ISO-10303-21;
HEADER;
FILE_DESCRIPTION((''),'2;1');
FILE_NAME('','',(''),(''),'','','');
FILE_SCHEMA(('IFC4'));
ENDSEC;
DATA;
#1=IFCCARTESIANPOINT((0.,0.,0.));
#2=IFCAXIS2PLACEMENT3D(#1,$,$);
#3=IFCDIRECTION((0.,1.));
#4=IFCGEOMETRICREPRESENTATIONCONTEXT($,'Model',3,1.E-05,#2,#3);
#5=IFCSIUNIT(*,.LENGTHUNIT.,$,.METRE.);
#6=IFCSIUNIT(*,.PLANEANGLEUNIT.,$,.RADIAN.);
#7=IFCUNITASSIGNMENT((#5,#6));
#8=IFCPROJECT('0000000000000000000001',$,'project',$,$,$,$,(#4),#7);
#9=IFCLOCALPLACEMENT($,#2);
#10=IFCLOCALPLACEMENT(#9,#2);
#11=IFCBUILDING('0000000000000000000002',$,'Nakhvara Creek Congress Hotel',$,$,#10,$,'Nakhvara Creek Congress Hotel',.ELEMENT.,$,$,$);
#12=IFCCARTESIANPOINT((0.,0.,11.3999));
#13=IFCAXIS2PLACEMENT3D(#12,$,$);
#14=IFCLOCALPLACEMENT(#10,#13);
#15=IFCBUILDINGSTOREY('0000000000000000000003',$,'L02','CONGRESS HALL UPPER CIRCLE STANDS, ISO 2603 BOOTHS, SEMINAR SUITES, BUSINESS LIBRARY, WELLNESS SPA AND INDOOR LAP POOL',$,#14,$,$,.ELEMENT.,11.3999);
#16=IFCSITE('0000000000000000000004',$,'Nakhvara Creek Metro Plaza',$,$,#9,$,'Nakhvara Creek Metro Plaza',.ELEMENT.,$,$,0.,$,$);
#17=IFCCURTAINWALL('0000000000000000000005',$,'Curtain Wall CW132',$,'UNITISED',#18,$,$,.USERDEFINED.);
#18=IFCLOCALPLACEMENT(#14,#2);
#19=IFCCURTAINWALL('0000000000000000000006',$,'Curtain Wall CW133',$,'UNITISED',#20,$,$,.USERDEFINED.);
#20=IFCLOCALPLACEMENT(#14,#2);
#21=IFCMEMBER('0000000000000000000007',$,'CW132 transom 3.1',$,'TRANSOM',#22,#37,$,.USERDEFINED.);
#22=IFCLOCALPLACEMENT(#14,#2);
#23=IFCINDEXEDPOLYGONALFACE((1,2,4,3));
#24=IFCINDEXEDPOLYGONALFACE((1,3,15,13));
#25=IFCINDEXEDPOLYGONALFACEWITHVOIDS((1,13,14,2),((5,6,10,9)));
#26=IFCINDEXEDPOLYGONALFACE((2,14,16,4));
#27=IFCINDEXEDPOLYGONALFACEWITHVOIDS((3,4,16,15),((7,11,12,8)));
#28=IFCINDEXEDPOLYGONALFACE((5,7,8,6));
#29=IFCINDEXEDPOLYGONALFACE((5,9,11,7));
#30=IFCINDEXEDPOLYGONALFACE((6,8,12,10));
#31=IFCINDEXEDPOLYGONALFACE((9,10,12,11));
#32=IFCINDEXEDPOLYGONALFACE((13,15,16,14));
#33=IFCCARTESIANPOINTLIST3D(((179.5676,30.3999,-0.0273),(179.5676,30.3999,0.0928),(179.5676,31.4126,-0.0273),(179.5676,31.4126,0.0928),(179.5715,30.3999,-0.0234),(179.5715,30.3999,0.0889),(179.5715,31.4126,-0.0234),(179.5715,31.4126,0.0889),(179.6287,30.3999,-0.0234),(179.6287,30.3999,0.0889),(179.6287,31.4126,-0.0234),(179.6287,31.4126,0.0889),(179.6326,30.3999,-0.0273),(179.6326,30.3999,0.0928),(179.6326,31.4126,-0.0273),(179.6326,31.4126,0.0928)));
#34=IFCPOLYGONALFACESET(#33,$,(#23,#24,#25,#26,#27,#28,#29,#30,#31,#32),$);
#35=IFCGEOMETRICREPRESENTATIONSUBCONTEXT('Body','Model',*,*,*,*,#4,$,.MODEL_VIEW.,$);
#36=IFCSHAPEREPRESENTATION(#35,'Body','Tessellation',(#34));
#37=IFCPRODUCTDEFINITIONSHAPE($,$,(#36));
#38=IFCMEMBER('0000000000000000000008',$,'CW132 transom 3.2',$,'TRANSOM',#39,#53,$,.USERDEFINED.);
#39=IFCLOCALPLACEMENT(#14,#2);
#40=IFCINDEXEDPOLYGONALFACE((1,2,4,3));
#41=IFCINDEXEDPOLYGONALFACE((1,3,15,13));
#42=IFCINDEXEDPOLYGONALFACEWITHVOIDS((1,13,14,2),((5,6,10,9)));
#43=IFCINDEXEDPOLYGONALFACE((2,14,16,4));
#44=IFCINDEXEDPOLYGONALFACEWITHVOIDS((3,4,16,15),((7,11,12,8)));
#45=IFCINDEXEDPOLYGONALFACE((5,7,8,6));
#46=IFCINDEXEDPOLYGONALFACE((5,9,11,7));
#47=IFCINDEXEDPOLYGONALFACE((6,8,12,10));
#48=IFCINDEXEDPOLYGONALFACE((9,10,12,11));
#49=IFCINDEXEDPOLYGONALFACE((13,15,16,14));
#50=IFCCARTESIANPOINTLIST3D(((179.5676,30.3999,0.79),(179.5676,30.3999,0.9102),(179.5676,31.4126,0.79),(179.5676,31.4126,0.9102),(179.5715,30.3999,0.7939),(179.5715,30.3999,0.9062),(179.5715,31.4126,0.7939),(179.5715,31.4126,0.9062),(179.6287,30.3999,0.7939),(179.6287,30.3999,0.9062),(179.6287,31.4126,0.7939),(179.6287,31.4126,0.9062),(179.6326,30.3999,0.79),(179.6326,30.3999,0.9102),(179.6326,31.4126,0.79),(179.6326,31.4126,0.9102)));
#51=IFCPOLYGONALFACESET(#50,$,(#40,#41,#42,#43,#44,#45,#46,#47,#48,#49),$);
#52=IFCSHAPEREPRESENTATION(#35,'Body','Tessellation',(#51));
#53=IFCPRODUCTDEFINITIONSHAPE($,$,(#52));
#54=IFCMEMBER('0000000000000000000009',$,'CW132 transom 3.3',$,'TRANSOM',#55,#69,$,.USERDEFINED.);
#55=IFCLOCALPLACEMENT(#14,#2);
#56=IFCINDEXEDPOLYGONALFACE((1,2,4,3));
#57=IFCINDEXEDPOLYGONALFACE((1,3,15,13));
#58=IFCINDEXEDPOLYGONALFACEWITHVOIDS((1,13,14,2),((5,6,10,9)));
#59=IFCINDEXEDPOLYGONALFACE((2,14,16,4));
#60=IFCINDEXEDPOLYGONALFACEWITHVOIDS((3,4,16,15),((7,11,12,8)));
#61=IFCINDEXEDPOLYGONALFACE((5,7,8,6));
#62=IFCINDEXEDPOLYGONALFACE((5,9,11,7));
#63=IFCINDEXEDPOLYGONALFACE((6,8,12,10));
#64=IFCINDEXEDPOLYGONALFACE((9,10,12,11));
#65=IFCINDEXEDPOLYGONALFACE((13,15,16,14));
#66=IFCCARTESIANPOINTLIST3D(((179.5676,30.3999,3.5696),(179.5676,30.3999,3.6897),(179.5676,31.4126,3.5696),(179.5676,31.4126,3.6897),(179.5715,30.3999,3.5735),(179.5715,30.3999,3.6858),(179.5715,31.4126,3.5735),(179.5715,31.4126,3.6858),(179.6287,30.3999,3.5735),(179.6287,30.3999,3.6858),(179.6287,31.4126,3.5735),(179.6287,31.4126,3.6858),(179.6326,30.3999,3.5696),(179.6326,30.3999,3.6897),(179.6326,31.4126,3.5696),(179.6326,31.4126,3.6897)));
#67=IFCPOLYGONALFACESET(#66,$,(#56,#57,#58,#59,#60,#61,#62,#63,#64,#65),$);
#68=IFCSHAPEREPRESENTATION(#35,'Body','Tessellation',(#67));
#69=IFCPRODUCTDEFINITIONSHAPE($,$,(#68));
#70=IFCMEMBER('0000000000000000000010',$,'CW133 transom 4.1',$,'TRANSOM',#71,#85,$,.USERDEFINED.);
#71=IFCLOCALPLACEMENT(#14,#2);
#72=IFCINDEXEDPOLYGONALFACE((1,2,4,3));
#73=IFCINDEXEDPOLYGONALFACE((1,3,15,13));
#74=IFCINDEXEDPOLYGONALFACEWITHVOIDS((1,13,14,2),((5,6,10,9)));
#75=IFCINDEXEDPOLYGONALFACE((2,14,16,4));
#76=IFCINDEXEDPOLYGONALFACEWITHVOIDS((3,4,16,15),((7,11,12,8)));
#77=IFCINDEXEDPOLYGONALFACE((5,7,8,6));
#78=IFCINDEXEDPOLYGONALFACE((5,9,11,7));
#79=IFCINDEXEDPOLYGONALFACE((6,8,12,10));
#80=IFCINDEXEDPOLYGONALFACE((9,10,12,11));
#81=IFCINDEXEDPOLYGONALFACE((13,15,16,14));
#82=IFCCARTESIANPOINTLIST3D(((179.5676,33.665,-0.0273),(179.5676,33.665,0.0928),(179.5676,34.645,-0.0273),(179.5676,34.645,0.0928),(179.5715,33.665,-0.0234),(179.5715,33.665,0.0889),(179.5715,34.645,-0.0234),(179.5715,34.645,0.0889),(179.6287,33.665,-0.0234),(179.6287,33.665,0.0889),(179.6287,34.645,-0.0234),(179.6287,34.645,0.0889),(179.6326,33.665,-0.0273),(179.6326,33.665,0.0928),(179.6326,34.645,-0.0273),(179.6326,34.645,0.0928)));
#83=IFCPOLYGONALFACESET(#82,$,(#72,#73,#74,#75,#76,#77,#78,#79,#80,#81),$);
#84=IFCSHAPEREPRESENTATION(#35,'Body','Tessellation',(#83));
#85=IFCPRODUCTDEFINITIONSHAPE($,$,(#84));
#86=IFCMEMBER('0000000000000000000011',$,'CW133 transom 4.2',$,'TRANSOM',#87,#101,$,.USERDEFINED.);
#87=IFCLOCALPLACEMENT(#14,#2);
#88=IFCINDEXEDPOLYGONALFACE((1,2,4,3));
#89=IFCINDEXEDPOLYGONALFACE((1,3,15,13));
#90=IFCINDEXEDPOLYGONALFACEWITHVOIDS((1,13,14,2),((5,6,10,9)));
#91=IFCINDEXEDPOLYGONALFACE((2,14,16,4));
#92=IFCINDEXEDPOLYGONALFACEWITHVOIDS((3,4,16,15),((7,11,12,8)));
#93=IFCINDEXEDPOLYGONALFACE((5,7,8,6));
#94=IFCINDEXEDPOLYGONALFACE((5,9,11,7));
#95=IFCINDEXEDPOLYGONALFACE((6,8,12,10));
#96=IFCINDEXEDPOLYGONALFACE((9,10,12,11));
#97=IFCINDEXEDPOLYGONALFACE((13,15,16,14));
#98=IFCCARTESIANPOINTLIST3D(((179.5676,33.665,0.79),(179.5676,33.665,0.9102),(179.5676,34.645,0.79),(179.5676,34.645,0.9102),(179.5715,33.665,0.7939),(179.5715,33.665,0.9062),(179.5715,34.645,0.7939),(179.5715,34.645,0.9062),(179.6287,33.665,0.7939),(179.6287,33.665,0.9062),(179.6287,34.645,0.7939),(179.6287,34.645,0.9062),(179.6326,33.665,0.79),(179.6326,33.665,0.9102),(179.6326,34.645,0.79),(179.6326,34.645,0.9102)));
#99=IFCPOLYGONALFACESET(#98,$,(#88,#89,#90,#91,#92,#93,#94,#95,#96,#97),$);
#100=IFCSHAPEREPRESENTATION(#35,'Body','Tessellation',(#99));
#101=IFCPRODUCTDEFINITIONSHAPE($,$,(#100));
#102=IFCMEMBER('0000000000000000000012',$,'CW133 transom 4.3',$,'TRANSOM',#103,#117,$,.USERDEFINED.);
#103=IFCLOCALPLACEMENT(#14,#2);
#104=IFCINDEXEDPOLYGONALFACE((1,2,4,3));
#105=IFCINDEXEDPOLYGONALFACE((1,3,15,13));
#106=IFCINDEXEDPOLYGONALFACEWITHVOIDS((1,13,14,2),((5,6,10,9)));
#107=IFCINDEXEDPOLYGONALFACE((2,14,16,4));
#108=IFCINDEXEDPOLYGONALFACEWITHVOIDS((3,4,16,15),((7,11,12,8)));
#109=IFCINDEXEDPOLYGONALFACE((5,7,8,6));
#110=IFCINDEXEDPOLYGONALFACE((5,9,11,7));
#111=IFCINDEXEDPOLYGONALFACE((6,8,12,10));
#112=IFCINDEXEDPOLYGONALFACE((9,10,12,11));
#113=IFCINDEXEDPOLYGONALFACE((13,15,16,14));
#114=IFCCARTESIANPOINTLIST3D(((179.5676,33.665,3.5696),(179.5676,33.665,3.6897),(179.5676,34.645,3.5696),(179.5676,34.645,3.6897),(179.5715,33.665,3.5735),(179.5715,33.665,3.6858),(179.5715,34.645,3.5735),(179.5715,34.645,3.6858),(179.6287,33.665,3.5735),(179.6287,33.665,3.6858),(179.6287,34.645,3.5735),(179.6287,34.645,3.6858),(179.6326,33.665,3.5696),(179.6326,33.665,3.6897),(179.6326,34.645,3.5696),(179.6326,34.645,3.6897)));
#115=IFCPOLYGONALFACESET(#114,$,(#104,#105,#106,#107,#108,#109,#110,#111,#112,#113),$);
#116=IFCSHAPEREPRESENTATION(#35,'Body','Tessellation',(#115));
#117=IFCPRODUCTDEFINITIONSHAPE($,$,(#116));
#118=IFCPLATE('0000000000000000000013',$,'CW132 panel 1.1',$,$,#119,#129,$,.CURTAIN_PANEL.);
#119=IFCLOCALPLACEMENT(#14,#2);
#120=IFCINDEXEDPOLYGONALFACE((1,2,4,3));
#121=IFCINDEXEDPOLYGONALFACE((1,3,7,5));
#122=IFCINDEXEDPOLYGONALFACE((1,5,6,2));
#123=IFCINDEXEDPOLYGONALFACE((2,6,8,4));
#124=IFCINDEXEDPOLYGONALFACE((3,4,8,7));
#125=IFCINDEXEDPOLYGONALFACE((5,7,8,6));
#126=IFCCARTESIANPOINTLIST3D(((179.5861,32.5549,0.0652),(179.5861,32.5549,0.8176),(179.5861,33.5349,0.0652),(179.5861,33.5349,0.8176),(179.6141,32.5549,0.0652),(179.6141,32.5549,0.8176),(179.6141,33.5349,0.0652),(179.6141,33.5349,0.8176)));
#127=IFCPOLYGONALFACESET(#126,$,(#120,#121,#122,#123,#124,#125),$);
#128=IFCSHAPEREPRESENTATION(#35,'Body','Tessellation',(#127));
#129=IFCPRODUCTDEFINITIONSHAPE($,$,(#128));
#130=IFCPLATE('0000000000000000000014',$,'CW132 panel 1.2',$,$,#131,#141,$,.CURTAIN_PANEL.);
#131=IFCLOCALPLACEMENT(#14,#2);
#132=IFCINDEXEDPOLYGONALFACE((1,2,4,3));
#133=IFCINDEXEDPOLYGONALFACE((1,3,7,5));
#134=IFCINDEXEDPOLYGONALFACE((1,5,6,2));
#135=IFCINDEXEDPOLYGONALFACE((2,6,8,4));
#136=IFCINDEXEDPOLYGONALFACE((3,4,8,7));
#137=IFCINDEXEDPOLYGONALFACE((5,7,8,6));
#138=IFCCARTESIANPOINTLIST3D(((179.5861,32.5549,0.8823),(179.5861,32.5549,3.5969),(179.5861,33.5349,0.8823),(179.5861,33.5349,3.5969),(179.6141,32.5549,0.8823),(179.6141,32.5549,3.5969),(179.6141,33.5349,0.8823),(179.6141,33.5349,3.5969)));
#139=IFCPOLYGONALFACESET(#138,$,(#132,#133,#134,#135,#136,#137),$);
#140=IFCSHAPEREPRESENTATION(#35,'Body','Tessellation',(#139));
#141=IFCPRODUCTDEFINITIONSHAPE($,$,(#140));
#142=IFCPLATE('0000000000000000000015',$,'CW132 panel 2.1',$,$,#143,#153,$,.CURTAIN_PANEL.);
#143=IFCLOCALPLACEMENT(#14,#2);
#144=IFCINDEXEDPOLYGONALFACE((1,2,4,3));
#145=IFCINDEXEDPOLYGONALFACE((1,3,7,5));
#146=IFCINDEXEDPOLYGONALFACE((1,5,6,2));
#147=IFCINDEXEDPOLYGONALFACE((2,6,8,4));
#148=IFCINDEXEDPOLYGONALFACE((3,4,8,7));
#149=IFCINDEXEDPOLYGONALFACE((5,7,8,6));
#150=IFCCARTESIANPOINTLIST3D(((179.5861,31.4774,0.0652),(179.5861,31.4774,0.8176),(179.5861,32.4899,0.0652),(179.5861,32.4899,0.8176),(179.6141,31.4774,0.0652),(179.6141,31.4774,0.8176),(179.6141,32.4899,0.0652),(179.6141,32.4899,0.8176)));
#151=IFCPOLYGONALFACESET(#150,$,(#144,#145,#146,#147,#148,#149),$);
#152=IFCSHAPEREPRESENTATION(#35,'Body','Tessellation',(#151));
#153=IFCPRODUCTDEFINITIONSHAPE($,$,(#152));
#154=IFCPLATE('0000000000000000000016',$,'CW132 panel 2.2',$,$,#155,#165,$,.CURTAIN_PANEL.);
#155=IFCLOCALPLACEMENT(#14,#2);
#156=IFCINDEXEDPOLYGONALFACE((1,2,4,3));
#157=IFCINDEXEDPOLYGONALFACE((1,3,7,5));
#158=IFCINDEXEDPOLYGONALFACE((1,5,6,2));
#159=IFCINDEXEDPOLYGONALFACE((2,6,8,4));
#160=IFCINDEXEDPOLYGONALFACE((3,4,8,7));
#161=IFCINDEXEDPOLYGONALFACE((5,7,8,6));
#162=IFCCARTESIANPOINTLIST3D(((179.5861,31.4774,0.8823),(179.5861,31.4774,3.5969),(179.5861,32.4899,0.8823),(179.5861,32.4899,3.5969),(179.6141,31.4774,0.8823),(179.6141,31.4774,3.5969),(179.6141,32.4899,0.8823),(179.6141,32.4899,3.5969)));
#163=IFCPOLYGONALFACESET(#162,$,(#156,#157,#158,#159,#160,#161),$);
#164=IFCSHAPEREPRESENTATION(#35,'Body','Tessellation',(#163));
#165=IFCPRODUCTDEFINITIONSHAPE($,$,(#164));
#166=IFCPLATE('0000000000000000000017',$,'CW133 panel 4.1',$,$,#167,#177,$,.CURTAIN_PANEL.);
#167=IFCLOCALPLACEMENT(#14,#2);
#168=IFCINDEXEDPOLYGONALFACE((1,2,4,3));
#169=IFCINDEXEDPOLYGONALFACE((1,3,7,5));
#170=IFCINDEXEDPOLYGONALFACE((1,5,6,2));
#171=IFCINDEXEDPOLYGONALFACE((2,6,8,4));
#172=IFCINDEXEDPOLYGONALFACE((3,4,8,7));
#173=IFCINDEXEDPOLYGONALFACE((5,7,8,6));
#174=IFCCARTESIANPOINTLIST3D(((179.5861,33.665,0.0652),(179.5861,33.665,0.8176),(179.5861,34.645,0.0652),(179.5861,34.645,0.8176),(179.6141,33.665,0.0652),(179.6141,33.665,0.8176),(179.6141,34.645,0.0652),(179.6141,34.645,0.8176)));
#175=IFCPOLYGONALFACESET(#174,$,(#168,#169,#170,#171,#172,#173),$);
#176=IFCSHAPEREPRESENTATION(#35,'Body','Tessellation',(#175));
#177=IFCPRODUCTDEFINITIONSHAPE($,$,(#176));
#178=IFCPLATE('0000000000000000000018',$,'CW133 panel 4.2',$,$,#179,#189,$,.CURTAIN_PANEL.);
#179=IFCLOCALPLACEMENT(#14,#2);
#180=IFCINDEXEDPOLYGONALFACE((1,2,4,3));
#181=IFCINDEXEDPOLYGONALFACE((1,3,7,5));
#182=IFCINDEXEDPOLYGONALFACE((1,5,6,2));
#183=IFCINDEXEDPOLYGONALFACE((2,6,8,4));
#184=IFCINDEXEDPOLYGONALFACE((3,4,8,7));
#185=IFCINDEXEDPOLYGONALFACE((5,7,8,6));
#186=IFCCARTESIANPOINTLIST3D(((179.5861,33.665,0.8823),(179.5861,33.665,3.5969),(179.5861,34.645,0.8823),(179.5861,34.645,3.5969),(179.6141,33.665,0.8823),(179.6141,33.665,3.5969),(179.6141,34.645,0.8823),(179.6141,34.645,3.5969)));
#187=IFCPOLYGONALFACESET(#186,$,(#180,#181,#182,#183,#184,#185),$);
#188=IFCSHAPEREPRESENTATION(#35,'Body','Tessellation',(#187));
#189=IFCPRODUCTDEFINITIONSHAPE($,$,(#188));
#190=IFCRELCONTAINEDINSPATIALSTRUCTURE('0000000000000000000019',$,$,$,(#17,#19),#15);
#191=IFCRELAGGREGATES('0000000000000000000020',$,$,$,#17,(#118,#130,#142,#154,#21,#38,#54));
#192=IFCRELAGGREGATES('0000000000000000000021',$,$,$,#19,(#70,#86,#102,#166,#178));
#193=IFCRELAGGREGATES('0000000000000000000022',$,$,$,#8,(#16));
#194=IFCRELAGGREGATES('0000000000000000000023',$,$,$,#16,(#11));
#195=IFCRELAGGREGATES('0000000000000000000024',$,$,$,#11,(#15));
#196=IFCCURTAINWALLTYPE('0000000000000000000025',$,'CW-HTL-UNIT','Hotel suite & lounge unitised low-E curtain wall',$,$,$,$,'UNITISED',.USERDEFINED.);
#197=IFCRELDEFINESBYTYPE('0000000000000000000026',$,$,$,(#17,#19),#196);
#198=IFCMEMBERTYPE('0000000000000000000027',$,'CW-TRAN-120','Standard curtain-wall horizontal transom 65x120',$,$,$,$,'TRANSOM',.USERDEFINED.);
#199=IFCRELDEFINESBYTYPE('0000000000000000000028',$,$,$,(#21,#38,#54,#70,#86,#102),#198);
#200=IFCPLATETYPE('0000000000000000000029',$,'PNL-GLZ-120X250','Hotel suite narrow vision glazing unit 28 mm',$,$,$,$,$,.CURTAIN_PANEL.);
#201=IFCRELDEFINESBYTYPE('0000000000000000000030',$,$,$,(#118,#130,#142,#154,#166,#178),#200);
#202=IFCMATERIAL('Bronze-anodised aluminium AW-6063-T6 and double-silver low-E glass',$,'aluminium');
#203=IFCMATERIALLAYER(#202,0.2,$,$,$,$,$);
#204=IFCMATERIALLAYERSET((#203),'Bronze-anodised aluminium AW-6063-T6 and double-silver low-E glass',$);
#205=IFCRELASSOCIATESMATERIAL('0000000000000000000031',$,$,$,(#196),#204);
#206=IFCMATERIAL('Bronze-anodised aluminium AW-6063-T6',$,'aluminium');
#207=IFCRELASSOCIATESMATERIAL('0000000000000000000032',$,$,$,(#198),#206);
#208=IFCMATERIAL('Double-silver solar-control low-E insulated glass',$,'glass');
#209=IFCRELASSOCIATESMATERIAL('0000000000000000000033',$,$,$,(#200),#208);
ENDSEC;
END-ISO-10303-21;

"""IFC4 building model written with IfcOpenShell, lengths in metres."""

from ifc_helpers import new_model, si_unit, direction, frame, origin, origin_2d, place, context, subcontext, project, spatial, rectangle, hollow_rectangle, extrude, material, layer, layer_set, material_profile, profile_set, type_object, element, aggregate, save


model = new_model("IFC4")

# Units and contexts
model_context = context("Model", 3, precision=1e-05, world=origin(), true_north=direction((0.0, 1.0)))
body_context = subcontext(model_context, "Body", "Model", "MODEL_VIEW")
ifc_project = project(units=[si_unit("LENGTHUNIT", "METRE"), si_unit("PLANEANGLEUNIT", "RADIAN")], contexts=[model_context])

# Site, building, storey
site_placement = place(None, origin())
site = spatial("IfcSite", under=ifc_project, at=site_placement, Name="Nakhvara Creek Metro Plaza", LongName="Nakhvara Creek Metro Plaza", CompositionType="ELEMENT", RefElevation=0.0)
building_placement = place(site_placement, origin())
building = spatial("IfcBuilding", under=site, at=building_placement, Name="Nakhvara Creek Congress Hotel", LongName="Nakhvara Creek Congress Hotel", CompositionType="ELEMENT")
storey_placement = place(building_placement, frame((0.0, 0.0, 11.3999)))
storey = spatial("IfcBuildingStorey", under=building, at=storey_placement, Name="L02", Description="CONGRESS HALL UPPER CIRCLE STANDS, ISO 2603 BOOTHS, SEMINAR SUITES, BUSINESS LIBRARY, WELLNESS SPA AND INDOOR LAP POOL", CompositionType="ELEMENT", Elevation=11.3999)

# Curtain walls
ifc_material_1 = material(Name="Bronze-anodised aluminium AW-6063-T6 and double-silver low-E glass", Category="aluminium")
ifc_layer = layer(ifc_material_1, 0.2)
ifc_layer_set = layer_set([ifc_layer], Name="Bronze-anodised aluminium AW-6063-T6 and double-silver low-E glass")
curtain_wall_type = type_object("IfcCurtainWallType", Name="CW-HTL-UNIT", Description="Hotel suite & lounge unitised low-E curtain wall", ElementType="UNITISED", PredefinedType="USERDEFINED", material=ifc_layer_set)
curtain_wall_1_placement = place(storey_placement, origin())
curtain_wall_1 = element("IfcCurtainWall", 1, at=curtain_wall_1_placement, inside=storey, type_object=curtain_wall_type, Name="Curtain Wall CW132", ObjectType="UNITISED", PredefinedType="USERDEFINED")
ifc_material_2 = material(Name="Bronze-anodised aluminium AW-6063-T6", Category="aluminium")
curtain_wall_2_placement = place(storey_placement, origin())
curtain_wall_2 = element("IfcCurtainWall", 2, at=curtain_wall_2_placement, inside=storey, type_object=curtain_wall_type, Name="Curtain Wall CW133", ObjectType="UNITISED", PredefinedType="USERDEFINED")

# Members
ifc_material_profile_1 = material_profile(ifc_material_2, hollow_rectangle(XDim=0.0649, YDim=0.1201, WallThickness=0.0039, at=origin_2d()), Name="ALU-TRAN 65x120x4", Category="LoadBearing")
ifc_profile_set_1 = profile_set([ifc_material_profile_1], Name="Bronze-anodised aluminium AW-6063-T6")
member_type_1 = type_object("IfcMemberType", Name="CW-TRAN-120", Description="Standard curtain-wall horizontal transom 65x120", ElementType="TRANSOM", PredefinedType="USERDEFINED", material=ifc_profile_set_1)
member_1_placement = place(storey_placement, frame((179.6001, 31.4126, 0.0327), z_axis=(0.0, -1.0, 0.0), x_axis=(1.0, 0.0, 0.0)))
member_1 = element("IfcMember", 3, at=member_1_placement, type_object=member_type_1, Name="CW132 transom 3.1", ObjectType="TRANSOM", PredefinedType="USERDEFINED", context=body_context, shape_type="SweptSolid", body=[
    extrude(hollow_rectangle(XDim=0.0649, YDim=0.1201, WallThickness=0.0039, at=origin_2d()), origin(), (0.0, 0.0, 1.0), 1.0127),
])
member_2_placement = place(storey_placement, frame((179.6001, 31.4126, 0.8501), z_axis=(0.0, -1.0, 0.0), x_axis=(1.0, 0.0, 0.0)))
member_2 = element("IfcMember", 4, at=member_2_placement, type_object=member_type_1, Name="CW132 transom 3.2", ObjectType="TRANSOM", PredefinedType="USERDEFINED", context=body_context, shape_type="SweptSolid", body=[
    extrude(hollow_rectangle(XDim=0.0649, YDim=0.1201, WallThickness=0.0039, at=origin_2d()), origin(), (0.0, 0.0, 1.0), 1.0127),
])
member_3_placement = place(storey_placement, frame((179.6001, 31.4126, 3.6296), z_axis=(0.0, -1.0, 0.0), x_axis=(1.0, 0.0, 0.0)))
member_3 = element("IfcMember", 5, at=member_3_placement, type_object=member_type_1, Name="CW132 transom 3.3", ObjectType="TRANSOM", PredefinedType="USERDEFINED", context=body_context, shape_type="SweptSolid", body=[
    extrude(hollow_rectangle(XDim=0.0649, YDim=0.1201, WallThickness=0.0039, at=origin_2d()), origin(), (0.0, 0.0, 1.0), 1.0127),
])
member_4_placement = place(storey_placement, frame((179.6001, 34.645, 0.0327), z_axis=(0.0, -1.0, 0.0), x_axis=(1.0, 0.0, 0.0)))
member_4 = element("IfcMember", 6, at=member_4_placement, type_object=member_type_1, Name="CW133 transom 4.1", ObjectType="TRANSOM", PredefinedType="USERDEFINED", context=body_context, shape_type="SweptSolid", body=[
    extrude(hollow_rectangle(XDim=0.0649, YDim=0.1201, WallThickness=0.0039, at=origin_2d()), origin(), (0.0, 0.0, 1.0), 0.98),
])
member_5_placement = place(storey_placement, frame((179.6001, 34.645, 0.8501), z_axis=(0.0, -1.0, 0.0), x_axis=(1.0, 0.0, 0.0)))
member_5 = element("IfcMember", 7, at=member_5_placement, type_object=member_type_1, Name="CW133 transom 4.2", ObjectType="TRANSOM", PredefinedType="USERDEFINED", context=body_context, shape_type="SweptSolid", body=[
    extrude(hollow_rectangle(XDim=0.0649, YDim=0.1201, WallThickness=0.0039, at=origin_2d()), origin(), (0.0, 0.0, 1.0), 0.98),
])
member_6_placement = place(storey_placement, frame((179.6001, 34.645, 3.6296), z_axis=(0.0, -1.0, 0.0), x_axis=(1.0, 0.0, 0.0)))
member_6 = element("IfcMember", 8, at=member_6_placement, type_object=member_type_1, Name="CW133 transom 4.3", ObjectType="TRANSOM", PredefinedType="USERDEFINED", context=body_context, shape_type="SweptSolid", body=[
    extrude(hollow_rectangle(XDim=0.0649, YDim=0.1201, WallThickness=0.0039, at=origin_2d()), origin(), (0.0, 0.0, 1.0), 0.98),
])

# Plates
ifc_material_3 = material(Name="Double-silver solar-control low-E insulated glass", Category="glass")
plate_type = type_object("IfcPlateType", Name="PNL-GLZ-120X250", Description="Hotel suite narrow vision glazing unit 28 mm", PredefinedType="CURTAIN_PANEL", material=ifc_material_3)
plate_1_placement = place(storey_placement, frame((179.6001, 33.0449, 0.0652), z_axis=(0.0, 0.0, 1.0), x_axis=(0.0, -1.0, 0.0)))
plate_1 = element("IfcPlate", 9, at=plate_1_placement, type_object=plate_type, Name="CW132 panel 1.1", PredefinedType="CURTAIN_PANEL", context=body_context, shape_type="SweptSolid", body=[
    extrude(rectangle(XDim=0.98, YDim=0.0281, at=origin_2d()), origin(), (0.0, 0.0, 1.0), 0.7524),
])
plate_2_placement = place(storey_placement, frame((179.6001, 33.0449, 0.8823), z_axis=(0.0, 0.0, 1.0), x_axis=(0.0, -1.0, 0.0)))
plate_2 = element("IfcPlate", 10, at=plate_2_placement, type_object=plate_type, Name="CW132 panel 1.2", PredefinedType="CURTAIN_PANEL", context=body_context, shape_type="SweptSolid", body=[
    extrude(rectangle(XDim=0.98, YDim=0.0281, at=origin_2d()), origin(), (0.0, 0.0, 1.0), 2.7146),
])
plate_3_placement = place(storey_placement, frame((179.6001, 31.9836, 0.0652), z_axis=(0.0, 0.0, 1.0), x_axis=(0.0, -1.0, 0.0)))
plate_3 = element("IfcPlate", 11, at=plate_3_placement, type_object=plate_type, Name="CW132 panel 2.1", PredefinedType="CURTAIN_PANEL", context=body_context, shape_type="SweptSolid", body=[
    extrude(rectangle(XDim=1.0125, YDim=0.0281, at=origin_2d()), origin(), (0.0, 0.0, 1.0), 0.7524),
])
plate_4_placement = place(storey_placement, frame((179.6001, 31.9836, 0.8823), z_axis=(0.0, 0.0, 1.0), x_axis=(0.0, -1.0, 0.0)))
plate_4 = element("IfcPlate", 12, at=plate_4_placement, type_object=plate_type, Name="CW132 panel 2.2", PredefinedType="CURTAIN_PANEL", context=body_context, shape_type="SweptSolid", body=[
    extrude(rectangle(XDim=1.0125, YDim=0.0281, at=origin_2d()), origin(), (0.0, 0.0, 1.0), 2.7146),
])
aggregate(curtain_wall_1, [plate_1, plate_2, plate_3, plate_4, member_1, member_2, member_3])
plate_5_placement = place(storey_placement, frame((179.6001, 34.155, 0.0652), z_axis=(0.0, 0.0, 1.0), x_axis=(0.0, -1.0, 0.0)))
plate_5 = element("IfcPlate", 13, at=plate_5_placement, type_object=plate_type, Name="CW133 panel 4.1", PredefinedType="CURTAIN_PANEL", context=body_context, shape_type="SweptSolid", body=[
    extrude(rectangle(XDim=0.98, YDim=0.0281, at=origin_2d()), origin(), (0.0, 0.0, 1.0), 0.7524),
])
plate_6_placement = place(storey_placement, frame((179.6001, 34.155, 0.8823), z_axis=(0.0, 0.0, 1.0), x_axis=(0.0, -1.0, 0.0)))
plate_6 = element("IfcPlate", 14, at=plate_6_placement, type_object=plate_type, Name="CW133 panel 4.2", PredefinedType="CURTAIN_PANEL", context=body_context, shape_type="SweptSolid", body=[
    extrude(rectangle(XDim=0.98, YDim=0.0281, at=origin_2d()), origin(), (0.0, 0.0, 1.0), 2.7146),
])
aggregate(curtain_wall_2, [member_4, member_5, member_6, plate_5, plate_6])

save(model, "model.ifc")
